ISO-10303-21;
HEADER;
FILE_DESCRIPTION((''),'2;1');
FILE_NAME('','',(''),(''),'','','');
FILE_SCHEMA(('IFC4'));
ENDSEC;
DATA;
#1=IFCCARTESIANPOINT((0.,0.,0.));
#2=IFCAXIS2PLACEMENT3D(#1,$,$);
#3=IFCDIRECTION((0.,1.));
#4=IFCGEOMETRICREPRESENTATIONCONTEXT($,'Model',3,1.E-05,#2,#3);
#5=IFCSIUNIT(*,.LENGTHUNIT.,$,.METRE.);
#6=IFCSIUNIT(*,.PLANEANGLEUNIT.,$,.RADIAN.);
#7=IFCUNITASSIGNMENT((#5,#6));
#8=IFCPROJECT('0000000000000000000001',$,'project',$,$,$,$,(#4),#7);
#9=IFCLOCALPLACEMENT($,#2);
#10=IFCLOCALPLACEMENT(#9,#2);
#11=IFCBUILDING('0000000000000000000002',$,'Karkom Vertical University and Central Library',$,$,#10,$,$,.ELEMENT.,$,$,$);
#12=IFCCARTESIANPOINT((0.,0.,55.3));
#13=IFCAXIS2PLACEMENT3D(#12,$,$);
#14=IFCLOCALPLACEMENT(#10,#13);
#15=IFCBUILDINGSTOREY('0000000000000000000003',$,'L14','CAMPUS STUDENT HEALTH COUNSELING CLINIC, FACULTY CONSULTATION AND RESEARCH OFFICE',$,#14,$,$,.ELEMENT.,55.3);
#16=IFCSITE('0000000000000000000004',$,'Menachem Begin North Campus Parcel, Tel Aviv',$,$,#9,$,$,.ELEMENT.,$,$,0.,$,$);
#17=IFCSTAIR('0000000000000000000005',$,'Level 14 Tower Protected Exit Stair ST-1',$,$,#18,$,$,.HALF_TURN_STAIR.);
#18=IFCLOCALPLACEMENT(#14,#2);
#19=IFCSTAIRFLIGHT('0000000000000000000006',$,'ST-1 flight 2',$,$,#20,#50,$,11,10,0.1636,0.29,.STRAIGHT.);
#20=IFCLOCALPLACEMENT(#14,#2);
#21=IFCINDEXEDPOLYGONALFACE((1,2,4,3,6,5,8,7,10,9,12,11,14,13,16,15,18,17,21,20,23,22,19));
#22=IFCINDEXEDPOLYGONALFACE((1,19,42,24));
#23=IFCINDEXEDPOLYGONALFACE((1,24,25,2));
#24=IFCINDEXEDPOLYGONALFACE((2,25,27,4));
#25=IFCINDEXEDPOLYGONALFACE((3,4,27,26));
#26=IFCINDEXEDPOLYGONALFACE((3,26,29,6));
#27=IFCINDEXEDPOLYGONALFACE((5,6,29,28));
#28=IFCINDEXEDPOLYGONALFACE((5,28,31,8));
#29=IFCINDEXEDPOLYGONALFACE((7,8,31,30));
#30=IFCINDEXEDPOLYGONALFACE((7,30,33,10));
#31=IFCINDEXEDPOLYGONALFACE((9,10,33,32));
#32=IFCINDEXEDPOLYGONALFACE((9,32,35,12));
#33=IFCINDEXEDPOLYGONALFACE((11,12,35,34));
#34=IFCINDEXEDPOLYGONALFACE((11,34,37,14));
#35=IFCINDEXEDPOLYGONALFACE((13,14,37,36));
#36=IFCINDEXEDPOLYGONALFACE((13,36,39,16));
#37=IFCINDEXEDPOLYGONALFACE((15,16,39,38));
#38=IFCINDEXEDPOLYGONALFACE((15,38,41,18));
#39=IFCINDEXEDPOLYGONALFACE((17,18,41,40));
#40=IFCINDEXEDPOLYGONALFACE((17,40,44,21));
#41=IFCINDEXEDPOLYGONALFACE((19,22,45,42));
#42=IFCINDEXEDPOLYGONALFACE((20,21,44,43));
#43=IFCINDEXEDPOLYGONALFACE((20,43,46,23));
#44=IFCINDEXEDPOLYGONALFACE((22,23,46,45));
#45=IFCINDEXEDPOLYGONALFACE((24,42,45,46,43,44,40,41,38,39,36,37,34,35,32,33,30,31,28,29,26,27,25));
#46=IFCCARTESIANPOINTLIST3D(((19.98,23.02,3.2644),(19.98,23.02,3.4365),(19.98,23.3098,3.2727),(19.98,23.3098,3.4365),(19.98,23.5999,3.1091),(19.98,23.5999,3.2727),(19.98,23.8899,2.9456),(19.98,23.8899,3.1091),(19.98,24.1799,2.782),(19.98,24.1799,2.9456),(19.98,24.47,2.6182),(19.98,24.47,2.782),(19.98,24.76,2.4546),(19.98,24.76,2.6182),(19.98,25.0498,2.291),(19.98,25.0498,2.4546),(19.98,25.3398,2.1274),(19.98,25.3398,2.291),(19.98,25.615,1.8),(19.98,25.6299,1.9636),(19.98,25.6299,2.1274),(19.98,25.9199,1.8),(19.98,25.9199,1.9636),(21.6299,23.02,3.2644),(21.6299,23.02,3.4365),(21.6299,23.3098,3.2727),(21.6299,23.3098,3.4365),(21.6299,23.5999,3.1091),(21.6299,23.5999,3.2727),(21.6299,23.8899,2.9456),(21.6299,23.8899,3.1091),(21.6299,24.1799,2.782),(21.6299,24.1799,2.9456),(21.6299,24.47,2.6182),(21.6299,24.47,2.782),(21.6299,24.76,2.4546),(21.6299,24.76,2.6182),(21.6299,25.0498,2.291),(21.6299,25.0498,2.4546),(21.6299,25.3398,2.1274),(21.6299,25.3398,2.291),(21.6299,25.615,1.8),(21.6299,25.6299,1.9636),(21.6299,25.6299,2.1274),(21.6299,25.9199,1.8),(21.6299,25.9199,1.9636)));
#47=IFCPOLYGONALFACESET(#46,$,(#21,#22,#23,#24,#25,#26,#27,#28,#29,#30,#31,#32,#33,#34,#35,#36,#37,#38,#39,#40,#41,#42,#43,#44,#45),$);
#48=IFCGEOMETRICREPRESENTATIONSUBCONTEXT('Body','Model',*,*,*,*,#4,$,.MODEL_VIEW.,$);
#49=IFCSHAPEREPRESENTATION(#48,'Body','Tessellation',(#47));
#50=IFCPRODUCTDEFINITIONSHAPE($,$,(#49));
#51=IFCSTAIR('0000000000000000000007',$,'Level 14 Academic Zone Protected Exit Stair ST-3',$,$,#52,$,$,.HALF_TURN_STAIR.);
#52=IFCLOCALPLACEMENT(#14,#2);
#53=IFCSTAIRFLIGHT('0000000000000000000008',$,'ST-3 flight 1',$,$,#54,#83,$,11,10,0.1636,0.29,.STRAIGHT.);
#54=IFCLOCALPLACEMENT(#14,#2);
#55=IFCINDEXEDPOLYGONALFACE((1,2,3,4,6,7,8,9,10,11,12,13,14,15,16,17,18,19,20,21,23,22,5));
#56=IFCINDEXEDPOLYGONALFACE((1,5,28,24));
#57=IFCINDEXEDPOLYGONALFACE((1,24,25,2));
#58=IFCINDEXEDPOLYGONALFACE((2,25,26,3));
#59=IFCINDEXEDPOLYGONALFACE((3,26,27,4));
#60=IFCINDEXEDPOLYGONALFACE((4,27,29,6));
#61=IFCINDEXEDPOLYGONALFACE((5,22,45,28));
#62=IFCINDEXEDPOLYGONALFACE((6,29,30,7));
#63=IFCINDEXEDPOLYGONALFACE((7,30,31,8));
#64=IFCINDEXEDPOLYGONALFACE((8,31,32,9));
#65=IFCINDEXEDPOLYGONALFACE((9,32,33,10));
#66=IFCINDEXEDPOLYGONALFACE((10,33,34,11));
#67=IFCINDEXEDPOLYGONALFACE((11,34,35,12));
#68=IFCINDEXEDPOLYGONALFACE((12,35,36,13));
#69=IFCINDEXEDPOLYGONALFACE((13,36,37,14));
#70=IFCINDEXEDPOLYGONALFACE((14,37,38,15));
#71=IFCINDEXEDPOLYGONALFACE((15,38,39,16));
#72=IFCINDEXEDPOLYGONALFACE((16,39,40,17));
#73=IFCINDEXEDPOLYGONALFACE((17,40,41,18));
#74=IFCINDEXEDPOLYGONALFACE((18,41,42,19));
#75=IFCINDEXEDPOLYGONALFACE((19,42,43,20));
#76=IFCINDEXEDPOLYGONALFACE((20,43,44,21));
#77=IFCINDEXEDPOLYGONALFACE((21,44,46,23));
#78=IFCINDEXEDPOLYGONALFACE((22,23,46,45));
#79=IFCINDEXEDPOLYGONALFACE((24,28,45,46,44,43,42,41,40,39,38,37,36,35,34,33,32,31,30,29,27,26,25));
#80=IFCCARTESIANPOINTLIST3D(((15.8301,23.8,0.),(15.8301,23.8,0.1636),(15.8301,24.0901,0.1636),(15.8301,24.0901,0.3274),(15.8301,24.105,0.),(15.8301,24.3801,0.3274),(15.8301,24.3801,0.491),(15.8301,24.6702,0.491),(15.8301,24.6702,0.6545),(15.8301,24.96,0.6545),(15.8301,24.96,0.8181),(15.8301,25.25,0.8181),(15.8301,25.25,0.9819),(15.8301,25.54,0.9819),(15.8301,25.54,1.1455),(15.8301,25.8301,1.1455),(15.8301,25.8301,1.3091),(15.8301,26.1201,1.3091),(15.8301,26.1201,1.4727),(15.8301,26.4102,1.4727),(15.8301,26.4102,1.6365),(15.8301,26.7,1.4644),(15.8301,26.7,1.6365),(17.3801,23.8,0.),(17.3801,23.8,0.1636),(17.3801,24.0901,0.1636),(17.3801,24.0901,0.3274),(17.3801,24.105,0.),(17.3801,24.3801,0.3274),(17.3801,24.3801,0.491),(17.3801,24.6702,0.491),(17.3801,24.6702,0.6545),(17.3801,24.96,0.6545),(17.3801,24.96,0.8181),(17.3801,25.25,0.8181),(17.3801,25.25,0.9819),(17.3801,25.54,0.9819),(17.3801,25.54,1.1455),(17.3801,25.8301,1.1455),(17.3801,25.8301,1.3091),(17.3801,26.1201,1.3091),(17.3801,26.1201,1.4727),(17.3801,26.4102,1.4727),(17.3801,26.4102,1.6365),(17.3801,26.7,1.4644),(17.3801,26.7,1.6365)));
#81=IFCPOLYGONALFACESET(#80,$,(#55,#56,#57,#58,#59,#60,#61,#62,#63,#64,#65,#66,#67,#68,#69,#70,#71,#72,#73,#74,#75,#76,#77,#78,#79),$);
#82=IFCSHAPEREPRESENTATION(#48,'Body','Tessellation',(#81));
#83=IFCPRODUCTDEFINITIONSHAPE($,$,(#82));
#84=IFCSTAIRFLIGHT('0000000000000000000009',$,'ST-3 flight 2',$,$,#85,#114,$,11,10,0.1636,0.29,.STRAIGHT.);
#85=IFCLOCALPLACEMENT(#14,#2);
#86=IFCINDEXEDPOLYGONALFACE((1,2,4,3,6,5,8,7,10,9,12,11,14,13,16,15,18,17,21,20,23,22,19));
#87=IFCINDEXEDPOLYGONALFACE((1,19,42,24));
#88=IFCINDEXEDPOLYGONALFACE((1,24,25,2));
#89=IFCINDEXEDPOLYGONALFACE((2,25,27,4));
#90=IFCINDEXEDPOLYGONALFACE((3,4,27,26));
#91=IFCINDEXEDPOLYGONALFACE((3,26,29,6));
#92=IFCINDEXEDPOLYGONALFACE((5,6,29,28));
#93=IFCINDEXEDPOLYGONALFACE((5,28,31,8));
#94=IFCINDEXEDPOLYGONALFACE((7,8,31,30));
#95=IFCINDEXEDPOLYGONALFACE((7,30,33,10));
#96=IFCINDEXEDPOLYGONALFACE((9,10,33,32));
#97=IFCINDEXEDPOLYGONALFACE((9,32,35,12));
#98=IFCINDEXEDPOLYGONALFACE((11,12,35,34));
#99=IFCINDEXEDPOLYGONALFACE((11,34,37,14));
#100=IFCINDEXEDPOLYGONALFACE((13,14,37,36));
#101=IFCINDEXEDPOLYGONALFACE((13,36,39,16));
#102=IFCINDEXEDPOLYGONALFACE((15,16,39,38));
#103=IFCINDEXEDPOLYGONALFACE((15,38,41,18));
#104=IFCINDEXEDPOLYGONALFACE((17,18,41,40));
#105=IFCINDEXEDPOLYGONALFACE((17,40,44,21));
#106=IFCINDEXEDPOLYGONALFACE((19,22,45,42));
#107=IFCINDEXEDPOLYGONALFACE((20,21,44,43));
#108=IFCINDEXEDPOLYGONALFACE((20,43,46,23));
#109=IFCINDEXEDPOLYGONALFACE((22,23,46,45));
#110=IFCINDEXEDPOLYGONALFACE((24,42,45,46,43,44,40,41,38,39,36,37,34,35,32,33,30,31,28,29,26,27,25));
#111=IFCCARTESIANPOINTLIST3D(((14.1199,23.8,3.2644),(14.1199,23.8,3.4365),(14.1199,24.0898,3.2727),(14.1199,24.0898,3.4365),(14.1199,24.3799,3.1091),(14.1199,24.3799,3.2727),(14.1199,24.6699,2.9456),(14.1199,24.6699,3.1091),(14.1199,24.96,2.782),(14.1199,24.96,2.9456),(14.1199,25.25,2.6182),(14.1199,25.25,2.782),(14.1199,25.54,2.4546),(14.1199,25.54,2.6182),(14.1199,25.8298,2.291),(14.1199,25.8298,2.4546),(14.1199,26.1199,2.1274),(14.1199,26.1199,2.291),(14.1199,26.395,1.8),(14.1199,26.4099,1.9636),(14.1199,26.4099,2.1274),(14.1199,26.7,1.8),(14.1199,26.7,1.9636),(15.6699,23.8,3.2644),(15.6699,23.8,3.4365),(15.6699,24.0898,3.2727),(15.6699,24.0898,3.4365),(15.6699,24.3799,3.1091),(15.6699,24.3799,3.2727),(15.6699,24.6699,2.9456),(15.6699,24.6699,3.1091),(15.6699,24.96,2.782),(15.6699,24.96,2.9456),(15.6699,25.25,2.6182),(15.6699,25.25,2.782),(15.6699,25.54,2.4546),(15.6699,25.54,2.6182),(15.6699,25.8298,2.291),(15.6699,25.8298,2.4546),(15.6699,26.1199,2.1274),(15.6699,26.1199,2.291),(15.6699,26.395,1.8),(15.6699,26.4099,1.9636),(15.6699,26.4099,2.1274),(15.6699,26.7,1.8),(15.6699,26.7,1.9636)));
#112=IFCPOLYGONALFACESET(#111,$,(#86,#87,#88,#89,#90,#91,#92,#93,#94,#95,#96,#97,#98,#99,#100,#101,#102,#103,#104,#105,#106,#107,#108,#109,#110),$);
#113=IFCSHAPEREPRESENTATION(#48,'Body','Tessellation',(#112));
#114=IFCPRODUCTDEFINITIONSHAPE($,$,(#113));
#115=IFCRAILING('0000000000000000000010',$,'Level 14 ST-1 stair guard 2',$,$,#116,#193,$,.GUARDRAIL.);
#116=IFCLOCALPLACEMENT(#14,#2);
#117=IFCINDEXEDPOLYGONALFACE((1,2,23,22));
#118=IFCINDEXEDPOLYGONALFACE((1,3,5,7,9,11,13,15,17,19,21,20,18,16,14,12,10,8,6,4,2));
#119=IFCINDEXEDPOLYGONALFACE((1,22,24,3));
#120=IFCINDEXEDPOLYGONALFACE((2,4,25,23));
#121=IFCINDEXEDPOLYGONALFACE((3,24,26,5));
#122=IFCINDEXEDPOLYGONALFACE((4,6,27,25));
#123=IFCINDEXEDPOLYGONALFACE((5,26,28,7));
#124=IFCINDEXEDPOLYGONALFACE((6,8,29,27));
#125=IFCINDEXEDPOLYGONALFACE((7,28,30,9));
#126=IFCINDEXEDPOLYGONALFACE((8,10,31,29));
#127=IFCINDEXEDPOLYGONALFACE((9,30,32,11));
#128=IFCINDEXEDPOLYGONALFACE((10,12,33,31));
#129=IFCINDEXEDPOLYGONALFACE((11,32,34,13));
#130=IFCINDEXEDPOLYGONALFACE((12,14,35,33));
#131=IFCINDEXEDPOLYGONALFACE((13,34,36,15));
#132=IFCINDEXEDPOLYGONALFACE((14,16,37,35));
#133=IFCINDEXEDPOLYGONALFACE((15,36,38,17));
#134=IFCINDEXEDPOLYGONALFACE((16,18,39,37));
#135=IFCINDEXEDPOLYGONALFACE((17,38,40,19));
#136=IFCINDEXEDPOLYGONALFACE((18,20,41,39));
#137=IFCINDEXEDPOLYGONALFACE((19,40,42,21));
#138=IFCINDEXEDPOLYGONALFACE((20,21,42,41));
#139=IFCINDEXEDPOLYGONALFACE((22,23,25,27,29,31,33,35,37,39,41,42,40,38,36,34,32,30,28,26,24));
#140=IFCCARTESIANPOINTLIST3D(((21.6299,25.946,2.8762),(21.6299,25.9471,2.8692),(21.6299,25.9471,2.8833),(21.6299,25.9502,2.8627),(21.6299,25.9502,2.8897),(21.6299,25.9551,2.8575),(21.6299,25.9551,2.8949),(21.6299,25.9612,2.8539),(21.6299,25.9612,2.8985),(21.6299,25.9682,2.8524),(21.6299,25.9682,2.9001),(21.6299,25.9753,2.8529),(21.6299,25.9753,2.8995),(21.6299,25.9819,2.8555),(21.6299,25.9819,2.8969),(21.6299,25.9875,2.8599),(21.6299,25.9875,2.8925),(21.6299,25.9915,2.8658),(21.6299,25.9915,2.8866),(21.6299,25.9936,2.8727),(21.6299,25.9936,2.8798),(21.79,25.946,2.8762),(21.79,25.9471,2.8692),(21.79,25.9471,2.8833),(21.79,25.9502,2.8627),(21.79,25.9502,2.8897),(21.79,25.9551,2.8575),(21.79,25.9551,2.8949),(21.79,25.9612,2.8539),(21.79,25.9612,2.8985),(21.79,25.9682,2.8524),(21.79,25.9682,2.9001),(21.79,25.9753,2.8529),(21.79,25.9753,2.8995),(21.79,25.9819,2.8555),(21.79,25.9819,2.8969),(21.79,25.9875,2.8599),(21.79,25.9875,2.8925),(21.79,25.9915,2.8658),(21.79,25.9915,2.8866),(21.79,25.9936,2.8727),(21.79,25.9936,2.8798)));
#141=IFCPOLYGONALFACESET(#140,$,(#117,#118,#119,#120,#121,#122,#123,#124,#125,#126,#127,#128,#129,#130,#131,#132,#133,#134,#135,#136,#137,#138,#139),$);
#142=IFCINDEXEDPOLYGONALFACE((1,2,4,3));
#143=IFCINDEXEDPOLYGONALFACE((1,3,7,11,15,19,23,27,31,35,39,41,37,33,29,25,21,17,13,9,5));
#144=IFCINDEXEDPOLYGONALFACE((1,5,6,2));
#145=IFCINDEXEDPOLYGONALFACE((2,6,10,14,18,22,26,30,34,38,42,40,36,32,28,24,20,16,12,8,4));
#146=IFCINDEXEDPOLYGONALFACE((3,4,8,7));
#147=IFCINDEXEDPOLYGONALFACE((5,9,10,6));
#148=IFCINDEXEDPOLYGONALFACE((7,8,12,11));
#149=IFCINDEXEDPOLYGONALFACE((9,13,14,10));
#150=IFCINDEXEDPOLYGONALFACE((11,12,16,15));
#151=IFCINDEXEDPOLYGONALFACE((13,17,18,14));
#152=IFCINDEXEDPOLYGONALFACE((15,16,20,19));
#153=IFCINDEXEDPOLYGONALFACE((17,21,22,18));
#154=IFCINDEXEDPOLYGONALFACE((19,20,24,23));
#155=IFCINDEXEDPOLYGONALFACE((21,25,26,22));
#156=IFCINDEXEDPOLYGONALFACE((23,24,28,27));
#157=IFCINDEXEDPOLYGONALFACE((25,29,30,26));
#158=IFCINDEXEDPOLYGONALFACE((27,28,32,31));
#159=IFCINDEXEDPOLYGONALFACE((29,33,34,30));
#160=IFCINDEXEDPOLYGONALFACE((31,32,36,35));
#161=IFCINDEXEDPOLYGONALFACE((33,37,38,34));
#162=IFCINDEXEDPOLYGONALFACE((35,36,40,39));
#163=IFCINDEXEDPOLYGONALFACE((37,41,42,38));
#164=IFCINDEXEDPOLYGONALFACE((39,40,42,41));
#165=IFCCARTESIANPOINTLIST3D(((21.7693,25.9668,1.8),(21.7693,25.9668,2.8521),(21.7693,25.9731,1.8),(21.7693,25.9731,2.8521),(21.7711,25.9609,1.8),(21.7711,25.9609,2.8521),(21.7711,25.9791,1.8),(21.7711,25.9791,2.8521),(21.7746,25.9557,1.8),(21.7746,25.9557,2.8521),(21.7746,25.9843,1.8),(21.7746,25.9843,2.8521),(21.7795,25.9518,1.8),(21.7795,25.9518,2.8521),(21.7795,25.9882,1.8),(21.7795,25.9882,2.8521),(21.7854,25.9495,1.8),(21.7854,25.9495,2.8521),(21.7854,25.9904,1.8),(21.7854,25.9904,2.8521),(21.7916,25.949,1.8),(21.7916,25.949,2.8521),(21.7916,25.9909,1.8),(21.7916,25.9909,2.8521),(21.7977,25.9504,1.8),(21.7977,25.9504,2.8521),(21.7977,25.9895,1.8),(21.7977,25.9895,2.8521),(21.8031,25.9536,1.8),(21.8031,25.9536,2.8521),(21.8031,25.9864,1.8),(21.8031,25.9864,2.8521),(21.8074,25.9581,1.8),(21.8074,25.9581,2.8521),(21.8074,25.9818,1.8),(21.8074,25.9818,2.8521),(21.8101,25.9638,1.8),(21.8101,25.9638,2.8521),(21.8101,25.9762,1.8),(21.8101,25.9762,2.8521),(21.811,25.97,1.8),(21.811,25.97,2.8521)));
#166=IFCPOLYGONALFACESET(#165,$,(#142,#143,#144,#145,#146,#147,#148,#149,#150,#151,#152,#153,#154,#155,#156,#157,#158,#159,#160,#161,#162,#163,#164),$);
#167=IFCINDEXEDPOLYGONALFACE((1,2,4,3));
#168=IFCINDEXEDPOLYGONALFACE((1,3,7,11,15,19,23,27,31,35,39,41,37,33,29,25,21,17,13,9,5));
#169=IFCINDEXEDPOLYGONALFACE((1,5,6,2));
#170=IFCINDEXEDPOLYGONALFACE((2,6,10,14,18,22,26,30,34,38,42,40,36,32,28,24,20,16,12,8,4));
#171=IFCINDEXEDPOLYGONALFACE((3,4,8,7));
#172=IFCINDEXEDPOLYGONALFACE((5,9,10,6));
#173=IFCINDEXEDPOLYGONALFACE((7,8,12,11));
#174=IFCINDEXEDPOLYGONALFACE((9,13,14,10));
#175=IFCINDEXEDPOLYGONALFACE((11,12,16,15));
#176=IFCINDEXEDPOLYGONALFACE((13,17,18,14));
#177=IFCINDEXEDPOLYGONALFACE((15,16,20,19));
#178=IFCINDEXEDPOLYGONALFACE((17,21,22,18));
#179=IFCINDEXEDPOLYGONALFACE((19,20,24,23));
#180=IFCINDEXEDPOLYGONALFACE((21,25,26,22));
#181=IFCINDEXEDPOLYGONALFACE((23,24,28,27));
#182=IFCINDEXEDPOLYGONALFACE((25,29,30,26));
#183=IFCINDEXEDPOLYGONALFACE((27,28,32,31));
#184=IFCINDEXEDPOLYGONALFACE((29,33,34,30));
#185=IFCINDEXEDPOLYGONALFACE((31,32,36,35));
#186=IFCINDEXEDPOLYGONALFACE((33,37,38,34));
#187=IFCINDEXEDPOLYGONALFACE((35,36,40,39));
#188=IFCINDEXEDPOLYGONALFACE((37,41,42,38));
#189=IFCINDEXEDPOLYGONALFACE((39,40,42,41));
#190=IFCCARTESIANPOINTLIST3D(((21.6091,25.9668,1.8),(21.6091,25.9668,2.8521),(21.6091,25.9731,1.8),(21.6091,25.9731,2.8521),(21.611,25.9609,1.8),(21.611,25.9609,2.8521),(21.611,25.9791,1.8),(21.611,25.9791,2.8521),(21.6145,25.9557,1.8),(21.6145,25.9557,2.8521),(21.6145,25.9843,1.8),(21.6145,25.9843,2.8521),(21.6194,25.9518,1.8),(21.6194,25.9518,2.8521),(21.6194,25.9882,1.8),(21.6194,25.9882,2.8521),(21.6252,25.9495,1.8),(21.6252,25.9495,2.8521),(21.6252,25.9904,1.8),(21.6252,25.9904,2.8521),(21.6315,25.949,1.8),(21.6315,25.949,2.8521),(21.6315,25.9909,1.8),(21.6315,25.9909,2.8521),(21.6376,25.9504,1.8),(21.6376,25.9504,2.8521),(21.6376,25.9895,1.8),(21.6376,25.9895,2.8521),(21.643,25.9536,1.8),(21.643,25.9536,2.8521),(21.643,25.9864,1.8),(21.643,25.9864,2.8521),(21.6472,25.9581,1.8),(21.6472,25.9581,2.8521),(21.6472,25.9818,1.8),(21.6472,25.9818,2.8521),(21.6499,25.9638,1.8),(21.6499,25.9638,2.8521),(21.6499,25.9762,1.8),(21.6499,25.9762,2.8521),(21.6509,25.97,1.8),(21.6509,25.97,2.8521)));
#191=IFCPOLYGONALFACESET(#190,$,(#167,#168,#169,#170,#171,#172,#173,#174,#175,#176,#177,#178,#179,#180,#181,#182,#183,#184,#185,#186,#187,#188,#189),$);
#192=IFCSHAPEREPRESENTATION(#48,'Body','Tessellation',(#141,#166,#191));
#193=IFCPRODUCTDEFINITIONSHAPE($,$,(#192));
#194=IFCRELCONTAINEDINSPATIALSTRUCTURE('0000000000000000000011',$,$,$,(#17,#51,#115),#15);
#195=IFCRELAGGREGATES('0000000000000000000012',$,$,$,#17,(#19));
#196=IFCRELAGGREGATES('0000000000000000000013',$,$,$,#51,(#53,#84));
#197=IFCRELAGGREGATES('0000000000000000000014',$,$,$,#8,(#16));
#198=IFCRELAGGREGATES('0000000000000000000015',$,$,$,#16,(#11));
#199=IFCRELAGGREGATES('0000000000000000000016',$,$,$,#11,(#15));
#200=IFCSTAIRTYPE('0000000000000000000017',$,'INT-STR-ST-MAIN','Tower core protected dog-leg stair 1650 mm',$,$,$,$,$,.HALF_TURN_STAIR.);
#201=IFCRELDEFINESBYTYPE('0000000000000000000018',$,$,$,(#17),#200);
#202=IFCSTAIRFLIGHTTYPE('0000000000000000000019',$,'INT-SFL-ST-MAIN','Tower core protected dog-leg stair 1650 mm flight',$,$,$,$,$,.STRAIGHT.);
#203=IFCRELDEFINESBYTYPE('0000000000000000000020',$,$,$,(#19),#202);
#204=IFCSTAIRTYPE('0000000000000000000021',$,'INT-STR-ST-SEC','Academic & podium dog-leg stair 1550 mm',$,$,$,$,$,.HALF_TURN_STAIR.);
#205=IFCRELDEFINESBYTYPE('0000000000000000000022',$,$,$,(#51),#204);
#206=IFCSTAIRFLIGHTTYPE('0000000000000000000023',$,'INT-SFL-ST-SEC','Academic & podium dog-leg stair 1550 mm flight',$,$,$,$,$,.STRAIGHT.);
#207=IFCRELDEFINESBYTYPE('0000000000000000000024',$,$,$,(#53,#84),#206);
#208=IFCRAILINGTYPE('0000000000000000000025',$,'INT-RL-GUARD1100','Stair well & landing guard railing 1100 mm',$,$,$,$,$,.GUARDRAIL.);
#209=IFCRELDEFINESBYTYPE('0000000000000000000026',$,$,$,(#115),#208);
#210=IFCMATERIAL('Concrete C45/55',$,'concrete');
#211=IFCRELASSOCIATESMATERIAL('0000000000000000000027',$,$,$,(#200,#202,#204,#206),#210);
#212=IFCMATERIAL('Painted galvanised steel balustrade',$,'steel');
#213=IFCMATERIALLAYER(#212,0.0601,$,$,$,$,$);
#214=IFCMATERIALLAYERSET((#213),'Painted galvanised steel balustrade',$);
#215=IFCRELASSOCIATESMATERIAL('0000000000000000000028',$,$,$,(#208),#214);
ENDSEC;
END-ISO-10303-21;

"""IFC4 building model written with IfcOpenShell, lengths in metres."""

from ifc_helpers import new_model, si_unit, direction, frame, origin, origin_2d, place, context, subcontext, project, spatial, polyline, circle, outline, extrude, material, layer, layer_set, type_object, element, aggregate, save


model = new_model("IFC4")

# Units and contexts
model_context = context("Model", 3, precision=1e-05, world=origin(), true_north=direction((0.0, 1.0)))
body_context = subcontext(model_context, "Body", "Model", "MODEL_VIEW")
ifc_project = project(units=[si_unit("LENGTHUNIT", "METRE"), si_unit("PLANEANGLEUNIT", "RADIAN")], contexts=[model_context])

# Site, building, storey
site_placement = place(None, origin())
site = spatial("IfcSite", under=ifc_project, at=site_placement, Name="Menachem Begin North Campus Parcel, Tel Aviv", CompositionType="ELEMENT", RefElevation=0.0)
building_placement = place(site_placement, origin())
building = spatial("IfcBuilding", under=site, at=building_placement, Name="Karkom Vertical University and Central Library", CompositionType="ELEMENT")
storey_placement = place(building_placement, frame((0.0, 0.0, 55.3)))
storey = spatial("IfcBuildingStorey", under=building, at=storey_placement, Name="L14", Description="CAMPUS STUDENT HEALTH COUNSELING CLINIC, FACULTY CONSULTATION AND RESEARCH OFFICE", CompositionType="ELEMENT", Elevation=55.3)

# Shared definitions
ifc_material_1 = material(Name="Concrete C45/55", Category="concrete")

# Stair, stair flight
stair_type_1 = type_object("IfcStairType", Name="INT-STR-ST-MAIN", Description="Tower core protected dog-leg stair 1650 mm", PredefinedType="HALF_TURN_STAIR", material=ifc_material_1)
stair_1_placement = place(storey_placement, origin())
stair_1 = element("IfcStair", 1, at=stair_1_placement, inside=storey, type_object=stair_type_1, Name="Level 14 Tower Protected Exit Stair ST-1", PredefinedType="HALF_TURN_STAIR")
stair_flight_type_1 = type_object("IfcStairFlightType", Name="INT-SFL-ST-MAIN", Description="Tower core protected dog-leg stair 1650 mm flight", PredefinedType="STRAIGHT", material=ifc_material_1)
stair_flight_1_placement = place(storey_placement, frame((20.8049, 25.9199, 1.8), z_axis=(0.0, 0.0, 1.0), x_axis=(0.0, -1.0, 0.0)))
stair_flight_1 = element("IfcStairFlight", 2, at=stair_flight_1_placement, type_object=stair_flight_type_1, Name="ST-1 flight 2", NumberOfRisers=11, NumberOfTreads=10, PredefinedType="STRAIGHT", RiserHeight=0.1636, TreadLength=0.29, context=body_context, shape_type="SweptSolid", body=[
    extrude(outline(polyline([(0.0, 0.0), (0.0, 0.1636), (0.29, 0.1636), (0.29, 0.3274), (0.5801, 0.3274), (0.5801, 0.491), (0.8701, 0.491), (0.8701, 0.6545), (1.1599, 0.6545), (1.1599, 0.8181), (1.45, 0.8181), (1.45, 0.9819), (1.74, 0.9819), (1.74, 1.1455), (2.03, 1.1455), (2.03, 1.3091), (2.3201, 1.3091), (2.3201, 1.4727), (2.6101, 1.4727), (2.6101, 1.6365), (2.8999, 1.6365), (2.8999, 1.8), (2.8999, 1.4644), (0.3049, 0.0), (0.0, 0.0)])), frame((0.0, 0.825, 0.0), z_axis=(0.0, -1.0, 0.0), x_axis=(1.0, 0.0, 0.0)), (0.0, 0.0, 1.0), 1.6499),
])
aggregate(stair_1, [stair_flight_1])

# Stair, stair flights
stair_type_2 = type_object("IfcStairType", Name="INT-STR-ST-SEC", Description="Academic & podium dog-leg stair 1550 mm", PredefinedType="HALF_TURN_STAIR", material=ifc_material_1)
stair_2_placement = place(storey_placement, origin())
stair_2 = element("IfcStair", 3, at=stair_2_placement, inside=storey, type_object=stair_type_2, Name="Level 14 Academic Zone Protected Exit Stair ST-3", PredefinedType="HALF_TURN_STAIR")
stair_flight_type_2 = type_object("IfcStairFlightType", Name="INT-SFL-ST-SEC", Description="Academic & podium dog-leg stair 1550 mm flight", PredefinedType="STRAIGHT", material=ifc_material_1)
stair_flight_2_placement = place(storey_placement, frame((16.605, 23.8, 0.0), z_axis=(0.0, 0.0, 1.0), x_axis=(0.0, 1.0, 0.0)))
stair_flight_2 = element("IfcStairFlight", 4, at=stair_flight_2_placement, type_object=stair_flight_type_2, Name="ST-3 flight 1", NumberOfRisers=11, NumberOfTreads=10, PredefinedType="STRAIGHT", RiserHeight=0.1636, TreadLength=0.29, context=body_context, shape_type="SweptSolid", body=[
    extrude(outline(polyline([(0.0, 0.0), (0.0, 0.1636), (0.29, 0.1636), (0.29, 0.3274), (0.5801, 0.3274), (0.5801, 0.491), (0.8701, 0.491), (0.8701, 0.6545), (1.1599, 0.6545), (1.1599, 0.8181), (1.45, 0.8181), (1.45, 0.9819), (1.74, 0.9819), (1.74, 1.1455), (2.03, 1.1455), (2.03, 1.3091), (2.3201, 1.3091), (2.3201, 1.4727), (2.6101, 1.4727), (2.6101, 1.6365), (2.8999, 1.6365), (2.8999, 1.8), (2.8999, 1.4644), (0.3049, 0.0), (0.0, 0.0)])), frame((0.0, 0.7749, 0.0), z_axis=(0.0, -1.0, 0.0), x_axis=(1.0, 0.0, 0.0)), (0.0, 0.0, 1.0), 1.55),
])
stair_flight_3_placement = place(storey_placement, frame((14.895, 26.7, 1.8), z_axis=(0.0, 0.0, 1.0), x_axis=(0.0, -1.0, 0.0)))
stair_flight_3 = element("IfcStairFlight", 5, at=stair_flight_3_placement, type_object=stair_flight_type_2, Name="ST-3 flight 2", NumberOfRisers=11, NumberOfTreads=10, PredefinedType="STRAIGHT", RiserHeight=0.1636, TreadLength=0.29, context=body_context, shape_type="SweptSolid", body=[
    extrude(outline(polyline([(0.0, 0.0), (0.0, 0.1636), (0.29, 0.1636), (0.29, 0.3274), (0.5801, 0.3274), (0.5801, 0.491), (0.8701, 0.491), (0.8701, 0.6545), (1.1599, 0.6545), (1.1599, 0.8181), (1.45, 0.8181), (1.45, 0.9819), (1.74, 0.9819), (1.74, 1.1455), (2.03, 1.1455), (2.03, 1.3091), (2.3201, 1.3091), (2.3201, 1.4727), (2.6101, 1.4727), (2.6101, 1.6365), (2.8999, 1.6365), (2.8999, 1.8), (2.8999, 1.4644), (0.3049, 0.0), (0.0, 0.0)])), frame((0.0, 0.7749, 0.0), z_axis=(0.0, -1.0, 0.0), x_axis=(1.0, 0.0, 0.0)), (0.0, 0.0, 1.0), 1.55),
])
aggregate(stair_2, [stair_flight_2, stair_flight_3])

# Railing
ifc_material_2 = material(Name="Painted galvanised steel balustrade", Category="steel")
ifc_layer_1 = layer(ifc_material_2, 0.0601)
ifc_layer_set_1 = layer_set([ifc_layer_1], Name="Painted galvanised steel balustrade")
railing_type_1 = type_object("IfcRailingType", Name="INT-RL-GUARD1100", Description="Stair well & landing guard railing 1100 mm", PredefinedType="GUARDRAIL", material=ifc_layer_set_1)
railing_1_placement = place(storey_placement, frame((21.79, 25.97, 1.8)))
element("IfcRailing", 6, at=railing_1_placement, inside=storey, type_object=railing_type_1, Name="Level 14 ST-1 stair guard 2", PredefinedType="GUARDRAIL", context=body_context, shape_type="SweptSolid", body=[
    extrude(circle(Radius=0.0239, at=origin_2d()), frame((0.0, 0.0, 1.0762), z_axis=(-1.0, 0.0, 0.0), x_axis=(0.0, -1.0, 0.0)), (0.0, 0.0, 1.0), 0.1602),
    extrude(circle(Radius=0.021, at=origin_2d()), origin(), (0.0, 0.0, 1.0), 1.052),
    extrude(circle(Radius=0.021, at=origin_2d()), frame((-0.1602, 0.0, 0.0)), (0.0, 0.0, 1.0), 1.052),
])

save(model, "model.ifc")
